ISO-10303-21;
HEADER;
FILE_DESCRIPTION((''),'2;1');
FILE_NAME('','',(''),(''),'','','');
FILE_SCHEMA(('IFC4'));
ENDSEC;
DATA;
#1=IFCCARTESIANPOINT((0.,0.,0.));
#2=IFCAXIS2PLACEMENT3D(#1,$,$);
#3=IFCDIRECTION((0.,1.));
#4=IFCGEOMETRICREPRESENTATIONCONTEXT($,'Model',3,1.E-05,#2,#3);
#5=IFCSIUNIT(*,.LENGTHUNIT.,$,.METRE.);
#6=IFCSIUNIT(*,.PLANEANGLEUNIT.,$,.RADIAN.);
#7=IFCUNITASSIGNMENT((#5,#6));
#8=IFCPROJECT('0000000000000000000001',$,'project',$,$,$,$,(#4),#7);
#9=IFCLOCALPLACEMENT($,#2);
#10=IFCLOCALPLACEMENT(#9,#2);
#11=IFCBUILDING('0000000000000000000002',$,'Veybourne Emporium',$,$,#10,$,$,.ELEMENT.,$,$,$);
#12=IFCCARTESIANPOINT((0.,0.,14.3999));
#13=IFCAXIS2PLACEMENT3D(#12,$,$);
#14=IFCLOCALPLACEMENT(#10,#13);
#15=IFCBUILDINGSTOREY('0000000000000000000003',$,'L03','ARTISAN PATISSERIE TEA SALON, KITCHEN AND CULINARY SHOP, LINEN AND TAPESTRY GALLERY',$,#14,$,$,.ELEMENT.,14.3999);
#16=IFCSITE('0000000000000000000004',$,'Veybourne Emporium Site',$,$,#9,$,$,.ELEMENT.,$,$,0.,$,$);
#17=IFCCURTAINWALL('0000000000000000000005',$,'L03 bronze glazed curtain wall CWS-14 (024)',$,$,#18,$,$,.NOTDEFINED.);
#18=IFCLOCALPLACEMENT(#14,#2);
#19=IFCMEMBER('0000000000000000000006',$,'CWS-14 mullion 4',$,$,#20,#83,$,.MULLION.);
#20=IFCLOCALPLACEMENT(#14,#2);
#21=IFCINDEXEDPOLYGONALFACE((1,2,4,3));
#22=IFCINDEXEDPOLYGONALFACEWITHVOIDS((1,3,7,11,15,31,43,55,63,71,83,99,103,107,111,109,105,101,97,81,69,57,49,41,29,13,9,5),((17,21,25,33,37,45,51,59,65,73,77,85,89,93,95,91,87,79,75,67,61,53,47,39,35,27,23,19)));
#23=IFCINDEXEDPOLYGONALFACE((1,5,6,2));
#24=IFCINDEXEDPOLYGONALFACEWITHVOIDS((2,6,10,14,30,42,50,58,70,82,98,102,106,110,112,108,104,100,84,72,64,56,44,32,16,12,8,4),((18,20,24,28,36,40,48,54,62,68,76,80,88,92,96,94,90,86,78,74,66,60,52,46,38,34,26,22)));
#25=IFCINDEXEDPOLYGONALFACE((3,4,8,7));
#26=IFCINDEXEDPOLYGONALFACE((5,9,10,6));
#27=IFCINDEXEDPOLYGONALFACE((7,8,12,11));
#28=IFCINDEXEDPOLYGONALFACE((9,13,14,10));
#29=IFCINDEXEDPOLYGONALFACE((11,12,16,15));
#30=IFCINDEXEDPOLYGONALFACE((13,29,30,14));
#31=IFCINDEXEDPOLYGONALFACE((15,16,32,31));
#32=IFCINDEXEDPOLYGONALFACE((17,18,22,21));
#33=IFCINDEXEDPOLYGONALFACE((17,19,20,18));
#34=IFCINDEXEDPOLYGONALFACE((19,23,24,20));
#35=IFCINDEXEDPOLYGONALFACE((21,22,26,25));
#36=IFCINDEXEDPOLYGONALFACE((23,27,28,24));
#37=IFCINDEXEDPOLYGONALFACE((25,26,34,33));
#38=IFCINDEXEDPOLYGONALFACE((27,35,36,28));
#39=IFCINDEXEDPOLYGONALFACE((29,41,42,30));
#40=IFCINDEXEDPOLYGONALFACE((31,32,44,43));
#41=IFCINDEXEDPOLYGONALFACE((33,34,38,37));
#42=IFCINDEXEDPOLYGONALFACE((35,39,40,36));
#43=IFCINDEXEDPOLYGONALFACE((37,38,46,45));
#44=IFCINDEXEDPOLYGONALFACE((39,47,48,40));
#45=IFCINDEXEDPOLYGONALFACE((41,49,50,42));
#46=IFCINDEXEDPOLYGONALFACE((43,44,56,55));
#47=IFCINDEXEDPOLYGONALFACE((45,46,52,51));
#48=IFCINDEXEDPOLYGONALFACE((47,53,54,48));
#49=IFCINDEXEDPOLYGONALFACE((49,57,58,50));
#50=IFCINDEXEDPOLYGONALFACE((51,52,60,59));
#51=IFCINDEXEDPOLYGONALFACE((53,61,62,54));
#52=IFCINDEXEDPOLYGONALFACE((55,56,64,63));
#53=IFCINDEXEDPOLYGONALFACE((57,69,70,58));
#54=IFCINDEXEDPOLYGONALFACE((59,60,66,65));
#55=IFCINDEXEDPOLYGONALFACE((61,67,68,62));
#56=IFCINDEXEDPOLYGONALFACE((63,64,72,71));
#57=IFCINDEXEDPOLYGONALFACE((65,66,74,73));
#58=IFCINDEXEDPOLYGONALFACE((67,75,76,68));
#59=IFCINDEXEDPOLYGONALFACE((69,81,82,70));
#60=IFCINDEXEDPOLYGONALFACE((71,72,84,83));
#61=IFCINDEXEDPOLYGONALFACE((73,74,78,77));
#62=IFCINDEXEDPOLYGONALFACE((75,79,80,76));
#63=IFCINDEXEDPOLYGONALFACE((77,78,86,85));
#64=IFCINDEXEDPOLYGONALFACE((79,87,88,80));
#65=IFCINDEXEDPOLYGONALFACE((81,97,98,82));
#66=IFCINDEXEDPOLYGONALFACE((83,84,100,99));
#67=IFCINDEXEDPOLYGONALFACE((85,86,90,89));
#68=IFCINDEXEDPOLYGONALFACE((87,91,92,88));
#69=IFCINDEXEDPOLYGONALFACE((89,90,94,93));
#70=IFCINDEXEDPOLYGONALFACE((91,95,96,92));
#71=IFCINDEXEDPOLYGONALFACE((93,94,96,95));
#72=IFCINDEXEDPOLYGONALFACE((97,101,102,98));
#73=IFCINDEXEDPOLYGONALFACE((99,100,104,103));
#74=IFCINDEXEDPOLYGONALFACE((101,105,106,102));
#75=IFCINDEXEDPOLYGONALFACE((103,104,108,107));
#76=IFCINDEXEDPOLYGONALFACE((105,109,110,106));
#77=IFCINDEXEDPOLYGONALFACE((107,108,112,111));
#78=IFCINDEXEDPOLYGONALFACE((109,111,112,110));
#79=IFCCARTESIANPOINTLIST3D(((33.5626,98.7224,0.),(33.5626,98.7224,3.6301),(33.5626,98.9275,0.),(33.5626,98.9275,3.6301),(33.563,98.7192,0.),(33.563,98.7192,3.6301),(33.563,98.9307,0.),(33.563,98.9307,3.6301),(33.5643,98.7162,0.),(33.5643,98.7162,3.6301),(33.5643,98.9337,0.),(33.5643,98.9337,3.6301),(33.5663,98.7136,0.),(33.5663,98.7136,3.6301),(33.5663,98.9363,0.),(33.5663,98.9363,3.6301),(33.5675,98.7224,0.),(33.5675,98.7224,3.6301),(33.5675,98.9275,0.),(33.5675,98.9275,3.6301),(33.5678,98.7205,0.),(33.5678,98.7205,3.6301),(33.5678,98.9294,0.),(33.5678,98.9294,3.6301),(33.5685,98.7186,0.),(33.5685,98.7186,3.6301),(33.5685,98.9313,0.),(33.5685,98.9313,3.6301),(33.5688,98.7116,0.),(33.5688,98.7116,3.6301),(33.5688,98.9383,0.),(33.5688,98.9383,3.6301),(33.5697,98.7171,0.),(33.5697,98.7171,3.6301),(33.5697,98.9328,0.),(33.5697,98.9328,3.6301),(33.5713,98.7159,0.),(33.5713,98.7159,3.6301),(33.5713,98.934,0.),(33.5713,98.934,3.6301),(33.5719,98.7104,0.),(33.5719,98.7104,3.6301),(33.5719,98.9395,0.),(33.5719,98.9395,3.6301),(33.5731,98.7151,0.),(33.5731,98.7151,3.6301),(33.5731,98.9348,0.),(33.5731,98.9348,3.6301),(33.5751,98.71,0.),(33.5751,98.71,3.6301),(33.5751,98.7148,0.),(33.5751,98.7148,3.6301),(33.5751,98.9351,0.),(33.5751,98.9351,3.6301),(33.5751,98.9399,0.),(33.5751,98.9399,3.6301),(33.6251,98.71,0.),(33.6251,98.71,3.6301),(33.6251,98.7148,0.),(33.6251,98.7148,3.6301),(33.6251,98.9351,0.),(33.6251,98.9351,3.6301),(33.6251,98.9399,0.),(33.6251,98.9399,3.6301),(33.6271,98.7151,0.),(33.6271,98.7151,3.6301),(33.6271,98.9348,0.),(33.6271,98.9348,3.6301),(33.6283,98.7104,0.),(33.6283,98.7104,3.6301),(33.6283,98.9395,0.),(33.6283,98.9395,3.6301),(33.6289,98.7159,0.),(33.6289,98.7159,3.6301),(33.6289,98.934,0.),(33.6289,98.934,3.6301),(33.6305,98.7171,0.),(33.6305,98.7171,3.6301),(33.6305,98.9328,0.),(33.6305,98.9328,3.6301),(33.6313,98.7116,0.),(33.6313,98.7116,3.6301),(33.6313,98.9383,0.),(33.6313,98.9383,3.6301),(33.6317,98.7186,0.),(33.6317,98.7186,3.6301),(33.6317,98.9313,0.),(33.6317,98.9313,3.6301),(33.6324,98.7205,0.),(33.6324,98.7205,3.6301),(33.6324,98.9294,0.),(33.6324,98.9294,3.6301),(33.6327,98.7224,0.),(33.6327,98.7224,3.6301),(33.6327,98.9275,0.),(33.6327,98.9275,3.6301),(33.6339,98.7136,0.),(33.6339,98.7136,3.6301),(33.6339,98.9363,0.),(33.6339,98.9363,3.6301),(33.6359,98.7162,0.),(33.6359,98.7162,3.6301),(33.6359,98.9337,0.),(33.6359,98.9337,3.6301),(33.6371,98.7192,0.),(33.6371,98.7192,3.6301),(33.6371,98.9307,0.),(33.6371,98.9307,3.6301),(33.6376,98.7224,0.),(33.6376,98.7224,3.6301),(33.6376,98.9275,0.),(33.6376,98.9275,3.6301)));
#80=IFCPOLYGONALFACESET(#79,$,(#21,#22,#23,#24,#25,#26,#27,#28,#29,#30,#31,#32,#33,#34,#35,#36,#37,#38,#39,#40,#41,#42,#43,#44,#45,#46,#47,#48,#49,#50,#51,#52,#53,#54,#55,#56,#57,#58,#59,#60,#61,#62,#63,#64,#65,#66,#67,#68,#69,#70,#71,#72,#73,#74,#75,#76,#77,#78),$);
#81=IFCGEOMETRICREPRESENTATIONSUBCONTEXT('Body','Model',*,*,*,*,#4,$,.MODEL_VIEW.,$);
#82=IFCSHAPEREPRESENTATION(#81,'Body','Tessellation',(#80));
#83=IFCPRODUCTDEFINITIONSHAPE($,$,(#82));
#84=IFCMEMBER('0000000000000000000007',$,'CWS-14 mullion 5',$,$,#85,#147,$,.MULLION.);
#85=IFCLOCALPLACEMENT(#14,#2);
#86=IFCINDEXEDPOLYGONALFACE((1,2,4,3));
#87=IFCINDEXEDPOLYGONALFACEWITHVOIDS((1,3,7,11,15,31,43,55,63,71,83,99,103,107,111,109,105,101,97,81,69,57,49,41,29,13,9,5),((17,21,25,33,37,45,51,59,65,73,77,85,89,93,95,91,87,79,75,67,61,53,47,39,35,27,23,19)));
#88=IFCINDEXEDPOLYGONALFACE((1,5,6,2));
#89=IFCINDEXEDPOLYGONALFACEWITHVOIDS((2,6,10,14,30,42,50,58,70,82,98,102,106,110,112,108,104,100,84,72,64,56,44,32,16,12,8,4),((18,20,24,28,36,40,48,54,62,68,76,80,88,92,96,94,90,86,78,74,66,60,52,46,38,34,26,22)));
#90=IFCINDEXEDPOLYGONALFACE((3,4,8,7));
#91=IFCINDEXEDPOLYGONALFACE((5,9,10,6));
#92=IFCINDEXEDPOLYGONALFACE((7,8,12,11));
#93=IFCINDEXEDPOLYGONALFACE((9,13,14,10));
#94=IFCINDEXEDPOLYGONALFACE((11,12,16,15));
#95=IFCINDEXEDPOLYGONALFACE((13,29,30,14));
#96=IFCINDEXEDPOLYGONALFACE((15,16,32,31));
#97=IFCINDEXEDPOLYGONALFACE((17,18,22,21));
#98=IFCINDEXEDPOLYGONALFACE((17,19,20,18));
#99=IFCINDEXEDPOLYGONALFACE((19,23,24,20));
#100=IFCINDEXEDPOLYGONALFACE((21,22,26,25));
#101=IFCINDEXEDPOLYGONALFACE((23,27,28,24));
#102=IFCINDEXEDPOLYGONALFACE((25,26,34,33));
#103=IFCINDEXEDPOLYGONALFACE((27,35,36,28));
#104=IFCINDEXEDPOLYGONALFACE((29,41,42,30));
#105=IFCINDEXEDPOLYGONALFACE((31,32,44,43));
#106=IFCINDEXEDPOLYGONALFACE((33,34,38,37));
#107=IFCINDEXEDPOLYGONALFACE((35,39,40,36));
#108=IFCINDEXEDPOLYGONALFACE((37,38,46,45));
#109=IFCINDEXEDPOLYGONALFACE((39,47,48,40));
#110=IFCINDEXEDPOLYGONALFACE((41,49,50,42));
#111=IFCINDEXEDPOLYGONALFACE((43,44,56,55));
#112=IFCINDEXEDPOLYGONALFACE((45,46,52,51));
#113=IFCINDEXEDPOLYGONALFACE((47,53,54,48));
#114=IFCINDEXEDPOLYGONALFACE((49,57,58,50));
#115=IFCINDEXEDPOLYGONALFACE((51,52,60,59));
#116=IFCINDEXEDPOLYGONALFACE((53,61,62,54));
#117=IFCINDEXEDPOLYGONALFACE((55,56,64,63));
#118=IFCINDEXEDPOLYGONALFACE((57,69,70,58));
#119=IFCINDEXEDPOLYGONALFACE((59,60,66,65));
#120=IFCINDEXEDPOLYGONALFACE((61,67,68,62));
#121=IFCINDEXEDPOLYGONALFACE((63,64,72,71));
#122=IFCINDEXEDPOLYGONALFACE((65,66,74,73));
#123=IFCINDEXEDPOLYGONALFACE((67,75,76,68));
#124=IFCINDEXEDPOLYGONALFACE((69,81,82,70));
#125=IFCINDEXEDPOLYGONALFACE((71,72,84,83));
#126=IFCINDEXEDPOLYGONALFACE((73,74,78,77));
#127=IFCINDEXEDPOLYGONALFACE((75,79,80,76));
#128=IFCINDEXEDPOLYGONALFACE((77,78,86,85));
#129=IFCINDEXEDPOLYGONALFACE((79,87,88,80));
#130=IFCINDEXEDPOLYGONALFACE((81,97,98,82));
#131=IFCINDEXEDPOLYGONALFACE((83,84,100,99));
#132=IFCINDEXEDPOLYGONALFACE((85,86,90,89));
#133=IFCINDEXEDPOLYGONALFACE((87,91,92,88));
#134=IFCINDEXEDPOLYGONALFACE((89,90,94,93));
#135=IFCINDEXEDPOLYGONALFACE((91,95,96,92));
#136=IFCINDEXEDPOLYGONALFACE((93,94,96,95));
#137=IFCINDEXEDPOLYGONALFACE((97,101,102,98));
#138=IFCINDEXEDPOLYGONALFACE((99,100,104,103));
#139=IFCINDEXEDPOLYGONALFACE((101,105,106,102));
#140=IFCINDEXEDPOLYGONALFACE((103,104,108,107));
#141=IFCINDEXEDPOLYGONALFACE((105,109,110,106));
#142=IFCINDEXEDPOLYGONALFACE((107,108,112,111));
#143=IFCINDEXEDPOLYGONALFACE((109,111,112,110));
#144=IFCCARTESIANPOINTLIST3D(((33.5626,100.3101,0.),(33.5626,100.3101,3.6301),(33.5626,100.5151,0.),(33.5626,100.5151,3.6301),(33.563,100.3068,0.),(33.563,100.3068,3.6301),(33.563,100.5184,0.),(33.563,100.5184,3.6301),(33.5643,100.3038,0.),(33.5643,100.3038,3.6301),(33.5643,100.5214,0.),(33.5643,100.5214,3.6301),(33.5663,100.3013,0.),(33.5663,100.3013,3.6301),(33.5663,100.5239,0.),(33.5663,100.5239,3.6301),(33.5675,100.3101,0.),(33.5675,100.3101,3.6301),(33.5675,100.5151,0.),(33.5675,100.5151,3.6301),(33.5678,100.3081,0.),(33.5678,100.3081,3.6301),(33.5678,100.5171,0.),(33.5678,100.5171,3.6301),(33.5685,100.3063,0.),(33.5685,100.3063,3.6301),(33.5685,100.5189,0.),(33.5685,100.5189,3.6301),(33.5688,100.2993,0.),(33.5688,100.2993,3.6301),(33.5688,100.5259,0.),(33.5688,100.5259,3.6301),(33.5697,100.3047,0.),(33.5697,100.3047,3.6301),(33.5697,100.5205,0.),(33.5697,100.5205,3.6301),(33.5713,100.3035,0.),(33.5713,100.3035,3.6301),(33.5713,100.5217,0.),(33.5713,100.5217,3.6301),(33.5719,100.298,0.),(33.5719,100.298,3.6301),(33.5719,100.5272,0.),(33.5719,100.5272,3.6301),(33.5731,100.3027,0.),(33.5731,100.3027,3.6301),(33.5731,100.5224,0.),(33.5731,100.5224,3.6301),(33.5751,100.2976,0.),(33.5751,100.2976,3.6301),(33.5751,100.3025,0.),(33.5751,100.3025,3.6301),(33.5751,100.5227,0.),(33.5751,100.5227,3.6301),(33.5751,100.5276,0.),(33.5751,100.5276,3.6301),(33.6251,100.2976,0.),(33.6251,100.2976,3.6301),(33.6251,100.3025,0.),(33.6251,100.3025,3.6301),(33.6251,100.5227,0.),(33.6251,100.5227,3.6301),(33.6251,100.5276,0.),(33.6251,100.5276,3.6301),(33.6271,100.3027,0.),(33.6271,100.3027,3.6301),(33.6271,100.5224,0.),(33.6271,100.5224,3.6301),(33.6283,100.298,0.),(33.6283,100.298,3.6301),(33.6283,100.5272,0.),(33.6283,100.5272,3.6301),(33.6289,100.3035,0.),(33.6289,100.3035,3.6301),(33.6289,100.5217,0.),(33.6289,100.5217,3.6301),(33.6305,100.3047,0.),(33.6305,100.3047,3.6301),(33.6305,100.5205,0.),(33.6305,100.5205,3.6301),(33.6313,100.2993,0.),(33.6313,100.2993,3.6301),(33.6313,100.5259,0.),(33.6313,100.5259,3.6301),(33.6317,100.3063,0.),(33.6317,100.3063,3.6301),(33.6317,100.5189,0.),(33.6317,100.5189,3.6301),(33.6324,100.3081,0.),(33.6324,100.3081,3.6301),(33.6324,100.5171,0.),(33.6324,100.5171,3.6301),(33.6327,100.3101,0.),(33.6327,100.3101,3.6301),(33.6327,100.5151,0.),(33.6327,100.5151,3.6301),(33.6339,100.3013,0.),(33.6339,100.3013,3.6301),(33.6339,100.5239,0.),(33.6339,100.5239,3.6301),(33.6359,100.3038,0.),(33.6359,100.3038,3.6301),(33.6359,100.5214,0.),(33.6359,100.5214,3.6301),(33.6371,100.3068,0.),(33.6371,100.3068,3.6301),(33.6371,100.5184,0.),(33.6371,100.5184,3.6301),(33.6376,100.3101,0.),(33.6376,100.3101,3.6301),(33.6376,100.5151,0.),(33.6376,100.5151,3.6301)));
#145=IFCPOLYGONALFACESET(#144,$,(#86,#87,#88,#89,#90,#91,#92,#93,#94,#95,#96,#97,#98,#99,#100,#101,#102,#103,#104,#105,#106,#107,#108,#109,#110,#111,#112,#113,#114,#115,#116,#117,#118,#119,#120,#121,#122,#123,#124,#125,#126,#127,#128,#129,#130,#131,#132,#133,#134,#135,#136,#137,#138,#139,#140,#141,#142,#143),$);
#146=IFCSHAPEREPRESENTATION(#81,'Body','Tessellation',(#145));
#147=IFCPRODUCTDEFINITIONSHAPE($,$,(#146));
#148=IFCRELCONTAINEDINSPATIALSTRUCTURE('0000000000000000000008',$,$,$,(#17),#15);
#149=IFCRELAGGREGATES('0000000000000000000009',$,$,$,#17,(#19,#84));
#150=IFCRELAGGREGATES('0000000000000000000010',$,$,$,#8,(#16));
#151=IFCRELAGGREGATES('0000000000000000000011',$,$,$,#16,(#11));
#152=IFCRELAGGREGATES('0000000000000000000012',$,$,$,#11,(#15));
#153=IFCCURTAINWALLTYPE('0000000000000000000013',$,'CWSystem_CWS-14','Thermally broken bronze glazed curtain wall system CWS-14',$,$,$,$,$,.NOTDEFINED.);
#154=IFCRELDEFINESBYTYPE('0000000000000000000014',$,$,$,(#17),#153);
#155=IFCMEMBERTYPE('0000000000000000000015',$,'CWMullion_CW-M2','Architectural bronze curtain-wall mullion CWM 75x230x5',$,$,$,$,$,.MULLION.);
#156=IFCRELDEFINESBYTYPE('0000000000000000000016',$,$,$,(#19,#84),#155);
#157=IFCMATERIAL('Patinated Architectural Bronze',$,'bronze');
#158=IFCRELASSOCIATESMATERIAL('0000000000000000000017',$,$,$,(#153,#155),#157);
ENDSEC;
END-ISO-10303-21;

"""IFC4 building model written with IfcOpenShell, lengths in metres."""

from ifc_helpers import new_model, si_unit, direction, frame, origin, origin_2d, place, context, subcontext, project, spatial, hollow_rectangle, extrude, material, material_profile, profile_set, type_object, element, aggregate, save


model = new_model("IFC4")

# Units and contexts
model_context = context("Model", 3, precision=1e-05, world=origin(), true_north=direction((0.0, 1.0)))
body_context = subcontext(model_context, "Body", "Model", "MODEL_VIEW")
ifc_project = project(units=[si_unit("LENGTHUNIT", "METRE"), si_unit("PLANEANGLEUNIT", "RADIAN")], contexts=[model_context])

# Site, building, storey
site_placement = place(None, origin())
site = spatial("IfcSite", under=ifc_project, at=site_placement, Name="Veybourne Emporium Site", CompositionType="ELEMENT", RefElevation=0.0)
building_placement = place(site_placement, origin())
building = spatial("IfcBuilding", under=site, at=building_placement, Name="Veybourne Emporium", CompositionType="ELEMENT")
storey_placement = place(building_placement, frame((0.0, 0.0, 14.3999)))
storey = spatial("IfcBuildingStorey", under=building, at=storey_placement, Name="L03", Description="ARTISAN PATISSERIE TEA SALON, KITCHEN AND CULINARY SHOP, LINEN AND TAPESTRY GALLERY", CompositionType="ELEMENT", Elevation=14.3999)

# Curtain wall, members
ifc_material_1 = material(Name="Patinated Architectural Bronze", Category="bronze")
curtain_wall_type = type_object("IfcCurtainWallType", Name="CWSystem_CWS-14", Description="Thermally broken bronze glazed curtain wall system CWS-14", PredefinedType="NOTDEFINED", material=ifc_material_1)
curtain_wall_placement = place(storey_placement, origin())
curtain_wall = element("IfcCurtainWall", 1, at=curtain_wall_placement, inside=storey, type_object=curtain_wall_type, Name="L03 bronze glazed curtain wall CWS-14 (024)", PredefinedType="NOTDEFINED")
ifc_material_profile_1 = material_profile(ifc_material_1, hollow_rectangle(XDim=0.075, YDim=0.23, WallThickness=0.0049, InnerFilletRadius=0.0076, OuterFilletRadius=0.0125, at=origin_2d()), Name="CWM 75x230x5")
ifc_profile_set_1 = profile_set([ifc_material_profile_1], Name="Patinated Architectural Bronze")
member_type_1 = type_object("IfcMemberType", Name="CWMullion_CW-M2", Description="Architectural bronze curtain-wall mullion CWM 75x230x5", PredefinedType="MULLION", material=ifc_profile_set_1)
member_1_placement = place(storey_placement, frame((33.6001, 98.825, 0.0), z_axis=(0.0, 0.0, 1.0), x_axis=(-1.0, 0.0, 0.0)))
member_1 = element("IfcMember", 2, at=member_1_placement, type_object=member_type_1, Name="CWS-14 mullion 4", PredefinedType="MULLION", context=body_context, shape_type="SweptSolid", body=[
    extrude(hollow_rectangle(XDim=0.075, YDim=0.23, WallThickness=0.0049, InnerFilletRadius=0.0076, OuterFilletRadius=0.0125, at=origin_2d()), origin(), (0.0, 0.0, 1.0), 3.6301),
])
member_2_placement = place(storey_placement, frame((33.6001, 100.4126, 0.0), z_axis=(0.0, 0.0, 1.0), x_axis=(-1.0, 0.0, 0.0)))
member_2 = element("IfcMember", 3, at=member_2_placement, type_object=member_type_1, Name="CWS-14 mullion 5", PredefinedType="MULLION", context=body_context, shape_type="SweptSolid", body=[
    extrude(hollow_rectangle(XDim=0.075, YDim=0.23, WallThickness=0.0049, InnerFilletRadius=0.0076, OuterFilletRadius=0.0125, at=origin_2d()), origin(), (0.0, 0.0, 1.0), 3.6301),
])
aggregate(curtain_wall, [member_1, member_2])

save(model, "model.ifc")
